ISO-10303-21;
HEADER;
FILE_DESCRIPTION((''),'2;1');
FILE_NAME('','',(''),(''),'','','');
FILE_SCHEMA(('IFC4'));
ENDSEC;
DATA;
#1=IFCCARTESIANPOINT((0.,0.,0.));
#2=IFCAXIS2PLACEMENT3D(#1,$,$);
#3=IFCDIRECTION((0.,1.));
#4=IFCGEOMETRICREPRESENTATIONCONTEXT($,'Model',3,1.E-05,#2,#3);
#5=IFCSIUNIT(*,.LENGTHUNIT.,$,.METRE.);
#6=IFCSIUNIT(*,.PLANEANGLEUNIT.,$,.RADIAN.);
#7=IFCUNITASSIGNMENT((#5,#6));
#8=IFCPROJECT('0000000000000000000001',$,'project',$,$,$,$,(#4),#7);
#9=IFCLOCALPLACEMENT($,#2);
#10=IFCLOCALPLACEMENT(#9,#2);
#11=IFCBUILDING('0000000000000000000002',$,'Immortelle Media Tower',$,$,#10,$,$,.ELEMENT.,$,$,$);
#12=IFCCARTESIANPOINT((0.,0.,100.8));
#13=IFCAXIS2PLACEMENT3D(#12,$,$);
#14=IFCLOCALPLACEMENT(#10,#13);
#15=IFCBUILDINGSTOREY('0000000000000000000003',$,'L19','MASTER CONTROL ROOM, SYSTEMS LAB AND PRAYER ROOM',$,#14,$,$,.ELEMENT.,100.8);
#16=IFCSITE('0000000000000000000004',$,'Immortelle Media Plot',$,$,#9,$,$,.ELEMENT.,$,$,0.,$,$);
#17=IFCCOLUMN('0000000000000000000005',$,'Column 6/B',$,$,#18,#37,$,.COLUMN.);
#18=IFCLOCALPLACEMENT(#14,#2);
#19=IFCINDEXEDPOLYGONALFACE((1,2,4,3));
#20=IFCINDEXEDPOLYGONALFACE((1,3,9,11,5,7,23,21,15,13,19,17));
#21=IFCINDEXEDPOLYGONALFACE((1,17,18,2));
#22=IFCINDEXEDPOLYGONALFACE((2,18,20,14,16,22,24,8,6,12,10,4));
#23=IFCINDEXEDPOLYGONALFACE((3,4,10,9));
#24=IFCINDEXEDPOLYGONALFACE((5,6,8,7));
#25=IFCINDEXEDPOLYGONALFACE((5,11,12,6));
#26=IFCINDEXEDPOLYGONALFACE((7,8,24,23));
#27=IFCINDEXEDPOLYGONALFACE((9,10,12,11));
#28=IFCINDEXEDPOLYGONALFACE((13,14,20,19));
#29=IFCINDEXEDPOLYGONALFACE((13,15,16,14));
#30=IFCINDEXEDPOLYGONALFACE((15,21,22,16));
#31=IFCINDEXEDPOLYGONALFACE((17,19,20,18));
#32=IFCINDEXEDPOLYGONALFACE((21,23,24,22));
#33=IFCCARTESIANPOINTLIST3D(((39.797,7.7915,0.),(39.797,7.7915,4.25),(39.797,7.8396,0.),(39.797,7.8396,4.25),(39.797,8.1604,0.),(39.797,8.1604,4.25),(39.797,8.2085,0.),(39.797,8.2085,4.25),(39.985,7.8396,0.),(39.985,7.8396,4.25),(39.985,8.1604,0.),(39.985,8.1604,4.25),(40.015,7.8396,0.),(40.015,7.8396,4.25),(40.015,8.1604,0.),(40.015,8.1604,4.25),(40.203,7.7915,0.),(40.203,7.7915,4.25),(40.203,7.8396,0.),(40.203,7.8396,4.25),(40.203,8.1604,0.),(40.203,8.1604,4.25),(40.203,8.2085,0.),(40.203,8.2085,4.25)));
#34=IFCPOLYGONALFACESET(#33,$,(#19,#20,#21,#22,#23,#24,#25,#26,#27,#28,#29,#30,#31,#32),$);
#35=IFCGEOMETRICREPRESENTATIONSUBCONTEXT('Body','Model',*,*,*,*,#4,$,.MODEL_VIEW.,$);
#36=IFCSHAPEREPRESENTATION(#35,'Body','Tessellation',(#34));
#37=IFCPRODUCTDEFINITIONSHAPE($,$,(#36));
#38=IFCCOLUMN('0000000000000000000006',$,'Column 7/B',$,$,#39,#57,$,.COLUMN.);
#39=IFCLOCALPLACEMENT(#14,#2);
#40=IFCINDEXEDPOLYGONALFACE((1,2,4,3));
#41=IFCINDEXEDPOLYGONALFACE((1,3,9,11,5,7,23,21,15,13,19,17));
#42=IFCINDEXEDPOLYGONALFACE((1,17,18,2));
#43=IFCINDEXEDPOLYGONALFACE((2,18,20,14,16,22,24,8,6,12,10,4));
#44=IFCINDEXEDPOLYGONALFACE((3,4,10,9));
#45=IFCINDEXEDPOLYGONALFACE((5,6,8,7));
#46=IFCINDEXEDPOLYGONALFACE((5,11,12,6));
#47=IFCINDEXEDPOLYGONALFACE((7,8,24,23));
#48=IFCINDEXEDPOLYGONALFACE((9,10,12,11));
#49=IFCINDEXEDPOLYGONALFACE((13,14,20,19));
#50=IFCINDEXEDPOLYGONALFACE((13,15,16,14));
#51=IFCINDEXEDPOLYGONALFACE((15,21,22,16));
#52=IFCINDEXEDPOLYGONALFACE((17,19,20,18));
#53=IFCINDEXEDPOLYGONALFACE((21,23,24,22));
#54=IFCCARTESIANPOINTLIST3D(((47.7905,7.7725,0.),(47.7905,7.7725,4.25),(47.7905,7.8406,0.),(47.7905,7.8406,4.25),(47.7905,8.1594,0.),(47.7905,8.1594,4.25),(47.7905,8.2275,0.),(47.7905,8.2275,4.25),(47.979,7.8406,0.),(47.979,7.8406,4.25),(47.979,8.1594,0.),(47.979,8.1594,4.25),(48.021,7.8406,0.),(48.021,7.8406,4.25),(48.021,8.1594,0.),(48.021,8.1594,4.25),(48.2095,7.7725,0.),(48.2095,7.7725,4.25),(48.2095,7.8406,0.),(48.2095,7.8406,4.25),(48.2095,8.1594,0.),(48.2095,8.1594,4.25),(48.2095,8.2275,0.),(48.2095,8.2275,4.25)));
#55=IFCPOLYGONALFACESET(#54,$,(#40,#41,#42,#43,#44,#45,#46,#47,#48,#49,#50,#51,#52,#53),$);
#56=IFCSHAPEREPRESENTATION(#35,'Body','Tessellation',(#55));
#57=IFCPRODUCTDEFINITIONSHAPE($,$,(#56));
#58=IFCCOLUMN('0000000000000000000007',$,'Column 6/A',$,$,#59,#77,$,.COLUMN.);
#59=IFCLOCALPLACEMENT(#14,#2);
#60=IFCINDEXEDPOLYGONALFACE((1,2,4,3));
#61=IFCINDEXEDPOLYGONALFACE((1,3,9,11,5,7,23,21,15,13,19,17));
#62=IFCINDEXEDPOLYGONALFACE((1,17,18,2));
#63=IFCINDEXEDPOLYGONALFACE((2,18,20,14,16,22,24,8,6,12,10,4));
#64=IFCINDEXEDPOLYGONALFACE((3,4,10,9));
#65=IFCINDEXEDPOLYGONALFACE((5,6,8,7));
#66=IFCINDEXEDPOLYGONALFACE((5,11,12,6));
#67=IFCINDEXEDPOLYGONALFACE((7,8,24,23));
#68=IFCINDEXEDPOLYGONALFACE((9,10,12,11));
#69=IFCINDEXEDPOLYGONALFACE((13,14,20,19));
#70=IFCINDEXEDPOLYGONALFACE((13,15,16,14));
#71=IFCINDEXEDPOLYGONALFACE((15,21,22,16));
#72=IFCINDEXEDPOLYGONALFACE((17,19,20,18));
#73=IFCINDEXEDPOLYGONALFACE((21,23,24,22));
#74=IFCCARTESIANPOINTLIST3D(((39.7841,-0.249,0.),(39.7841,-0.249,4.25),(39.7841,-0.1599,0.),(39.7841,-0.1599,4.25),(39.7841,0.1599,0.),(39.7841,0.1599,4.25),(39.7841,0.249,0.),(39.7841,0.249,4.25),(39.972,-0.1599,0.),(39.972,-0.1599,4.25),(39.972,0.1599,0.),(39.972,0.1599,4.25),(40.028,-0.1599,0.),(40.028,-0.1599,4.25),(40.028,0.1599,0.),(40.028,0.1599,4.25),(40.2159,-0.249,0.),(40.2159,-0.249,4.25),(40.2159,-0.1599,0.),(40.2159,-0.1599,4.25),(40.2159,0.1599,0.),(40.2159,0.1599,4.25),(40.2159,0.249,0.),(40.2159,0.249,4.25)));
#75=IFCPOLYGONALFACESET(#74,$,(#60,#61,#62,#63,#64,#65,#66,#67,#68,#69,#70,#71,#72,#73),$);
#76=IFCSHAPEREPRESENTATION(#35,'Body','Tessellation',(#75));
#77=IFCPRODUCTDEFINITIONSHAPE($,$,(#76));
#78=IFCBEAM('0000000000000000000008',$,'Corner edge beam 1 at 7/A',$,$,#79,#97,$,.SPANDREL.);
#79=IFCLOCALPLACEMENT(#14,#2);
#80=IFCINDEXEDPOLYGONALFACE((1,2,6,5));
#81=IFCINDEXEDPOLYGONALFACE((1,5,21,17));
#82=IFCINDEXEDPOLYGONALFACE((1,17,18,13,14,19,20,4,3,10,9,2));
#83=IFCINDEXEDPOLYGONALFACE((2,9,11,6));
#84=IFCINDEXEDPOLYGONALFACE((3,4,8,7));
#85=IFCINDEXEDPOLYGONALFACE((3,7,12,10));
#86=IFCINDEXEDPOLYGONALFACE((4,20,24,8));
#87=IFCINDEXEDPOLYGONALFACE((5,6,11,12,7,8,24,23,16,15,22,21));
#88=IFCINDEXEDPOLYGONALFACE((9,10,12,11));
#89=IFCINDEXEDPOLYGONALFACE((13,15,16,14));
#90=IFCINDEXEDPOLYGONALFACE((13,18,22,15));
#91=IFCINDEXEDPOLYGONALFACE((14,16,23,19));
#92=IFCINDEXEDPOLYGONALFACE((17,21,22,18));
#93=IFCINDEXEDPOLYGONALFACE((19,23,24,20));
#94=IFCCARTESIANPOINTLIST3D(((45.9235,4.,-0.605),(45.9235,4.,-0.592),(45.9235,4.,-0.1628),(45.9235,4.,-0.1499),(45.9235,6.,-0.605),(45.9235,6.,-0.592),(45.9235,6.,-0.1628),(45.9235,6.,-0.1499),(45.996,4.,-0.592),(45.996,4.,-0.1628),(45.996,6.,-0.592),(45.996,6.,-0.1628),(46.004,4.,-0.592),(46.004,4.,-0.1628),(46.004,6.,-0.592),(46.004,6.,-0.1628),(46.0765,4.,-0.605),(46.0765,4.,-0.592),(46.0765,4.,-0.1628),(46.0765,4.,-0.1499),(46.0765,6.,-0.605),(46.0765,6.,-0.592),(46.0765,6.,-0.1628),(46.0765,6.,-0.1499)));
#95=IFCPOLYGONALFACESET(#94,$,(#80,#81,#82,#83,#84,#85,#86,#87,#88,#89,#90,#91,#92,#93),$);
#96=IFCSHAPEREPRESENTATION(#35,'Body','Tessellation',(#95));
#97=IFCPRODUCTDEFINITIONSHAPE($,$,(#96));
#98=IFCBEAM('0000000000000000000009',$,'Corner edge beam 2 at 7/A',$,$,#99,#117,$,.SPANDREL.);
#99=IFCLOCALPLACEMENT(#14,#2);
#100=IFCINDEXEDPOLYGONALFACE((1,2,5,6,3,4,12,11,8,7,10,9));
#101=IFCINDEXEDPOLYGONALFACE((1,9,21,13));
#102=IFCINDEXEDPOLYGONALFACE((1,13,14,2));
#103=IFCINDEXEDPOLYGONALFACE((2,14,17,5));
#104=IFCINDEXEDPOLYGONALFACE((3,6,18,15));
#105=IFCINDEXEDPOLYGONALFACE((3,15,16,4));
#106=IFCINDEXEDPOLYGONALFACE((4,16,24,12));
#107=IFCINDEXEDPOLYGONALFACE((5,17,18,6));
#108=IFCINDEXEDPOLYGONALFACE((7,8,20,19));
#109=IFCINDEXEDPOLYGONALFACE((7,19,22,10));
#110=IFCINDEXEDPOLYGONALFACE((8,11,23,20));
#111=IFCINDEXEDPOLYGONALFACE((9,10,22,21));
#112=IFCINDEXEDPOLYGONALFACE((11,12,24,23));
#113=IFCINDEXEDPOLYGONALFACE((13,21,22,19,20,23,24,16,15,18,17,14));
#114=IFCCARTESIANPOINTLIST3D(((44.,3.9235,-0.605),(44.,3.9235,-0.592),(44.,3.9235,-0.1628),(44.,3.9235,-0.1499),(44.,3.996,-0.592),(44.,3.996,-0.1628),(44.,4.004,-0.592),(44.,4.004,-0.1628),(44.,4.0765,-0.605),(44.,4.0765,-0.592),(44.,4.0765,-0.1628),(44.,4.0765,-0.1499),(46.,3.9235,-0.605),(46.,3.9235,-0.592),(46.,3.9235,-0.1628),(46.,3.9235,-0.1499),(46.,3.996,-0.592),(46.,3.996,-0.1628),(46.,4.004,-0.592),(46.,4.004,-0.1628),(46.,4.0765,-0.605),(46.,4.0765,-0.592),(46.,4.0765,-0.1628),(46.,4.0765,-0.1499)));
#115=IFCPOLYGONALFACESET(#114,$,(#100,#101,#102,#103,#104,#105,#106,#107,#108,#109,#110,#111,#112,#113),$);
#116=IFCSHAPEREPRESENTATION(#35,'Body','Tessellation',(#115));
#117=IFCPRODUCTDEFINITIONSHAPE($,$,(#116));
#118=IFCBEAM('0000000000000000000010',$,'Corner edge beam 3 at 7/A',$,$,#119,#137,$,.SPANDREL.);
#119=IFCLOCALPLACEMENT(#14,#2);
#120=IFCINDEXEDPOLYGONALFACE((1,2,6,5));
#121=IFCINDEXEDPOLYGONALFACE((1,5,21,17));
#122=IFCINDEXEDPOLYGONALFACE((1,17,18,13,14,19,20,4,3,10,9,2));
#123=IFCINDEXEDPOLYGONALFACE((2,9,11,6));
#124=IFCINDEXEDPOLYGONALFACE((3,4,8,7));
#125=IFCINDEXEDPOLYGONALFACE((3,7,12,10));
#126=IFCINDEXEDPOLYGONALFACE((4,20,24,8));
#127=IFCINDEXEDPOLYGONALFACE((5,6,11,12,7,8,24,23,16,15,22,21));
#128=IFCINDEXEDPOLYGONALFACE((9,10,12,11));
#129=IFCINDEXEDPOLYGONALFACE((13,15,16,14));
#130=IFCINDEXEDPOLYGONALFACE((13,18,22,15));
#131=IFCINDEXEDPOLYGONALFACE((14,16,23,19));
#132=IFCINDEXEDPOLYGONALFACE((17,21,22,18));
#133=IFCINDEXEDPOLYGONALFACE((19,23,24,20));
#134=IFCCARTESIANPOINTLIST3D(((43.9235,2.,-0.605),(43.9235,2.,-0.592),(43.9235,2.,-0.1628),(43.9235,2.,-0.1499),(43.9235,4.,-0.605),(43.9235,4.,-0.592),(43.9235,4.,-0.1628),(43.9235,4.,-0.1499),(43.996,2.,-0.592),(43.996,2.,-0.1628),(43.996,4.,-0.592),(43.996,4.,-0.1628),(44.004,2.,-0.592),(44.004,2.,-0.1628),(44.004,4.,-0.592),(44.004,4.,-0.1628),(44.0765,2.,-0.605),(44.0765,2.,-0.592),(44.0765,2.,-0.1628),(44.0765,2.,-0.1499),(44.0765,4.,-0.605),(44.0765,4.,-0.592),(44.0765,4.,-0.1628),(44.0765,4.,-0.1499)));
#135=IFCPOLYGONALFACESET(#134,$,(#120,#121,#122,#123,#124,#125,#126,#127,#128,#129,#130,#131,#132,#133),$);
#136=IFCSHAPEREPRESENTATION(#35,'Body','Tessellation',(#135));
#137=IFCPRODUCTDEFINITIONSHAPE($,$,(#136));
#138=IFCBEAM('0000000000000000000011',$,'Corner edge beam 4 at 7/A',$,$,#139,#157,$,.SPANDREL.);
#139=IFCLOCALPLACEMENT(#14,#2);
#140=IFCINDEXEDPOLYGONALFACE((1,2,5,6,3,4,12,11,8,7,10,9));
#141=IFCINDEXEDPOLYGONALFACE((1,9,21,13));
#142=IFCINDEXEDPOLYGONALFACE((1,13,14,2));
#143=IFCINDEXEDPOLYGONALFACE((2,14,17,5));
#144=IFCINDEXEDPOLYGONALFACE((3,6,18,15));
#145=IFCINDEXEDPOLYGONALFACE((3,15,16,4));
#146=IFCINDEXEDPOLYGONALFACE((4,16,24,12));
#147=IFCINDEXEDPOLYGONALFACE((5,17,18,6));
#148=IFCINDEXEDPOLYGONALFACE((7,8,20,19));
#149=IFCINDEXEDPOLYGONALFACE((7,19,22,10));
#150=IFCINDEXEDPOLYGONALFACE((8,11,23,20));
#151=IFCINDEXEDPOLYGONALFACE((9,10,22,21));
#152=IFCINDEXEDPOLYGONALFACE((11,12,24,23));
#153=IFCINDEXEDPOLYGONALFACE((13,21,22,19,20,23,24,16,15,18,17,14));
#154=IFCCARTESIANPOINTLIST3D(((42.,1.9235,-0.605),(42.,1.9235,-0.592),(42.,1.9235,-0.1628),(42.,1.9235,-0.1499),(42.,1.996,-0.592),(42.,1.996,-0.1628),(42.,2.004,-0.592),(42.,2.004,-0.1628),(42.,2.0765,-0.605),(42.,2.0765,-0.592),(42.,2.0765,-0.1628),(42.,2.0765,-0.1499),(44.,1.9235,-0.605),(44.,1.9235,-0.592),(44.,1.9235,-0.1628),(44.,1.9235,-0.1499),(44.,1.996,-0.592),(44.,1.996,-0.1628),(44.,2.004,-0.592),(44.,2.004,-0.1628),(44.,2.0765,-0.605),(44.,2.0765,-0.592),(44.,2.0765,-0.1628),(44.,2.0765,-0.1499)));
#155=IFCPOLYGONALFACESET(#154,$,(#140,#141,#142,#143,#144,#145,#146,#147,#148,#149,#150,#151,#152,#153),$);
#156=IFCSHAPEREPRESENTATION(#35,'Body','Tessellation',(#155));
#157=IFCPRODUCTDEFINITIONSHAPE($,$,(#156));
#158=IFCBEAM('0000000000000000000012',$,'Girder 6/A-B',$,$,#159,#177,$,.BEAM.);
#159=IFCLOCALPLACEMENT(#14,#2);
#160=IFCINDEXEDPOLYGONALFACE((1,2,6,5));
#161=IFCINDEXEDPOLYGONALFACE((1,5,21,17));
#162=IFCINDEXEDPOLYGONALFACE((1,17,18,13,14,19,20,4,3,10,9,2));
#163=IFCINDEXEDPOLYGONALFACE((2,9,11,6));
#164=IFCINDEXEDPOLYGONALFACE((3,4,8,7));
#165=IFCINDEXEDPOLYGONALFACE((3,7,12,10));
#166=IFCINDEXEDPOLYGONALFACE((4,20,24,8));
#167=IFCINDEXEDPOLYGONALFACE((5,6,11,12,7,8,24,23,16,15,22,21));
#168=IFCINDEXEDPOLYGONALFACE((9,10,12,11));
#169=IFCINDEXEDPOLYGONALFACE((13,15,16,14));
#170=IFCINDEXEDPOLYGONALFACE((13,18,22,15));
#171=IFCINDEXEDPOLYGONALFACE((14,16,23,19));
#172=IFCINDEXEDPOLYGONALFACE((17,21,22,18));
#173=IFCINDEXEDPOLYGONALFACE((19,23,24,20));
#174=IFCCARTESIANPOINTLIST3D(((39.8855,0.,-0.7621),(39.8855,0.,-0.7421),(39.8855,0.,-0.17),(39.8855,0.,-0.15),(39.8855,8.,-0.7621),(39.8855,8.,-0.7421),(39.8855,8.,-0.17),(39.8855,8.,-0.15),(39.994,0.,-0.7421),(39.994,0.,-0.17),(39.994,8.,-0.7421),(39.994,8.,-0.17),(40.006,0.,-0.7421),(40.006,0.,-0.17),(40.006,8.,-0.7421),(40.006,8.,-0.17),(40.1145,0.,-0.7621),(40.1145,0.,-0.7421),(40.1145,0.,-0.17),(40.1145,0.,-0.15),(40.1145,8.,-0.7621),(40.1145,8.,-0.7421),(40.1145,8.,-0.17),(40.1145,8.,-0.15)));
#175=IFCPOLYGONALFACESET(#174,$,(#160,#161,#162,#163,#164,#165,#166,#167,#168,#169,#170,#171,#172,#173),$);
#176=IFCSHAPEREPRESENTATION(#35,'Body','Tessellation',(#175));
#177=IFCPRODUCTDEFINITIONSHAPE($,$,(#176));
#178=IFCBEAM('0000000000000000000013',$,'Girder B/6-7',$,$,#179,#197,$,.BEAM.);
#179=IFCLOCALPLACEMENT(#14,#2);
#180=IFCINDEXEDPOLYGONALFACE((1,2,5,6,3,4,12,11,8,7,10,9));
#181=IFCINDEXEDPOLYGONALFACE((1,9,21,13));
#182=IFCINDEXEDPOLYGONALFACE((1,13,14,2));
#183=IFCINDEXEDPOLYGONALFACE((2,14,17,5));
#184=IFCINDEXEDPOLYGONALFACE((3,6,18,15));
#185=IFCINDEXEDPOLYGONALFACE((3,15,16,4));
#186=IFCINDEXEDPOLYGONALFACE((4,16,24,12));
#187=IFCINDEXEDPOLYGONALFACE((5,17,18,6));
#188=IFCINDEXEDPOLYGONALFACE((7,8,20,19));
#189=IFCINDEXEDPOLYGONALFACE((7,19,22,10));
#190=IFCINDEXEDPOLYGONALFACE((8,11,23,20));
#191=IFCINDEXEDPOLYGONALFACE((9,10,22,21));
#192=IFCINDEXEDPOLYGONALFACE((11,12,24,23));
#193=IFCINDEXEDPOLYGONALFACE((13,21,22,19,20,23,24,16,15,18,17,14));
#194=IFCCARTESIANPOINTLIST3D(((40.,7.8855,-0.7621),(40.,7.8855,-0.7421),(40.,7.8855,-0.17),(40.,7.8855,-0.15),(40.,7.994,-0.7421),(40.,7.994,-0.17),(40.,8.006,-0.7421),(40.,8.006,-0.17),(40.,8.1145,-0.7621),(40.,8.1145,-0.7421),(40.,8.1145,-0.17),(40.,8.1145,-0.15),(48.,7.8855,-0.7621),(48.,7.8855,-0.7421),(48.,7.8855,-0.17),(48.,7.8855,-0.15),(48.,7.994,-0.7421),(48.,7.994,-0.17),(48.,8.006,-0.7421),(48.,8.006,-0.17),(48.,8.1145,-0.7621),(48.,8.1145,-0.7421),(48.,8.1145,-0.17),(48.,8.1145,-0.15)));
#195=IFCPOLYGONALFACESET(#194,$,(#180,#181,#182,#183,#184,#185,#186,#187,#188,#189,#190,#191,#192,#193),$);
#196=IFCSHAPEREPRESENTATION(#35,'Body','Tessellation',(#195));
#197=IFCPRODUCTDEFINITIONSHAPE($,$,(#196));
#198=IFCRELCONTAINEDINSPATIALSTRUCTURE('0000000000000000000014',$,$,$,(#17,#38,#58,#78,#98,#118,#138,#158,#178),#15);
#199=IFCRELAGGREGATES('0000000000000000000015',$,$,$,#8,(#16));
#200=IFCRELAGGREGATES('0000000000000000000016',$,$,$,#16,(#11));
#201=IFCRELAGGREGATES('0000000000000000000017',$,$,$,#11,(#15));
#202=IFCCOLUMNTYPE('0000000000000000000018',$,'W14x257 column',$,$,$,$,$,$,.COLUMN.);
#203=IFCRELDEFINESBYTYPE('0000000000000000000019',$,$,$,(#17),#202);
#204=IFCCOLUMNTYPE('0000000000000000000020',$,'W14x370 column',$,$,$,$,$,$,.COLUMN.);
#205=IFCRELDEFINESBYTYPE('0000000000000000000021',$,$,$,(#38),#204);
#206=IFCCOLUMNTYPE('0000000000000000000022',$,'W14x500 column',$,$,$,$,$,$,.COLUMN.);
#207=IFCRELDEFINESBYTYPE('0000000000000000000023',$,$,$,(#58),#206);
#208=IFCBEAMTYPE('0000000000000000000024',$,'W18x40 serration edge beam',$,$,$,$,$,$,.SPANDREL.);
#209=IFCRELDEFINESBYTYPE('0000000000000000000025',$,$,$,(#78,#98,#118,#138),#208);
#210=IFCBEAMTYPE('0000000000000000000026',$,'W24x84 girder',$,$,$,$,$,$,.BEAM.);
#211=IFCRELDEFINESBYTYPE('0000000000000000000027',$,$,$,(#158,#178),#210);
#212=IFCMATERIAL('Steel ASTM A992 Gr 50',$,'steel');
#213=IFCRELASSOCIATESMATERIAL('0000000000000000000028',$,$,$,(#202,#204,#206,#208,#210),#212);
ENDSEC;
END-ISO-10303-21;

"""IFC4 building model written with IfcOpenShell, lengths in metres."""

from ifc_helpers import new_model, si_unit, direction, frame, origin, origin_2d, place, context, subcontext, project, spatial, i_section, extrude, material, material_profile, profile_set, type_object, element, save


model = new_model("IFC4")

# Units and contexts
model_context = context("Model", 3, precision=1e-05, world=origin(), true_north=direction((0.0, 1.0)))
body_context = subcontext(model_context, "Body", "Model", "MODEL_VIEW")
ifc_project = project(units=[si_unit("LENGTHUNIT", "METRE"), si_unit("PLANEANGLEUNIT", "RADIAN")], contexts=[model_context])

# Site, building, storey
site_placement = place(None, origin())
site = spatial("IfcSite", under=ifc_project, at=site_placement, Name="Immortelle Media Plot", CompositionType="ELEMENT", RefElevation=0.0)
building_placement = place(site_placement, origin())
building = spatial("IfcBuilding", under=site, at=building_placement, Name="Immortelle Media Tower", CompositionType="ELEMENT")
storey_placement = place(building_placement, frame((0.0, 0.0, 100.8)))
storey = spatial("IfcBuildingStorey", under=building, at=storey_placement, Name="L19", Description="MASTER CONTROL ROOM, SYSTEMS LAB AND PRAYER ROOM", CompositionType="ELEMENT", Elevation=100.8)

# Columns
ifc_material_1 = material(Name="Steel ASTM A992 Gr 50", Category="steel")
ifc_material_profile_1 = material_profile(ifc_material_1, i_section(OverallWidth=0.406, OverallDepth=0.417, WebThickness=0.03, FlangeThickness=0.0481, at=origin_2d()), Name="W14x257")
ifc_profile_set_1 = profile_set([ifc_material_profile_1], Name="Steel ASTM A992 Gr 50")
column_type_1 = type_object("IfcColumnType", Name="W14x257 column", PredefinedType="COLUMN", material=ifc_profile_set_1)
column_1_placement = place(storey_placement, frame((40.0, 8.0, 0.0), z_axis=(0.0, 0.0, 1.0), x_axis=(1.0, 0.0, 0.0)))
element("IfcColumn", 1, at=column_1_placement, inside=storey, type_object=column_type_1, Name="Column 6/B", PredefinedType="COLUMN", context=body_context, shape_type="SweptSolid", body=[
    extrude(i_section(OverallWidth=0.406, OverallDepth=0.417, WebThickness=0.03, FlangeThickness=0.0481, at=origin_2d()), origin(), (0.0, 0.0, 1.0), 4.25),
])
ifc_material_profile_2 = material_profile(ifc_material_1, i_section(OverallWidth=0.4189, OverallDepth=0.4551, WebThickness=0.042, FlangeThickness=0.0681, at=origin_2d()), Name="W14x370")
ifc_profile_set_2 = profile_set([ifc_material_profile_2], Name="Steel ASTM A992 Gr 50")
column_type_2 = type_object("IfcColumnType", Name="W14x370 column", PredefinedType="COLUMN", material=ifc_profile_set_2)
column_2_placement = place(storey_placement, frame((48.0, 8.0, 0.0), z_axis=(0.0, 0.0, 1.0), x_axis=(1.0, 0.0, 0.0)))
element("IfcColumn", 2, at=column_2_placement, inside=storey, type_object=column_type_2, Name="Column 7/B", PredefinedType="COLUMN", context=body_context, shape_type="SweptSolid", body=[
    extrude(i_section(OverallWidth=0.4189, OverallDepth=0.4551, WebThickness=0.042, FlangeThickness=0.0681, at=origin_2d()), origin(), (0.0, 0.0, 1.0), 4.25),
])
ifc_material_profile_3 = material_profile(ifc_material_1, i_section(OverallWidth=0.4319, OverallDepth=0.498, WebThickness=0.0559, FlangeThickness=0.0891, at=origin_2d()), Name="W14x500")
ifc_profile_set_3 = profile_set([ifc_material_profile_3], Name="Steel ASTM A992 Gr 50")
column_type_3 = type_object("IfcColumnType", Name="W14x500 column", PredefinedType="COLUMN", material=ifc_profile_set_3)
column_3_placement = place(storey_placement, frame((40.0, 0.0, 0.0), z_axis=(0.0, 0.0, 1.0), x_axis=(1.0, 0.0, 0.0)))
element("IfcColumn", 3, at=column_3_placement, inside=storey, type_object=column_type_3, Name="Column 6/A", PredefinedType="COLUMN", context=body_context, shape_type="SweptSolid", body=[
    extrude(i_section(OverallWidth=0.4319, OverallDepth=0.498, WebThickness=0.0559, FlangeThickness=0.0891, at=origin_2d()), origin(), (0.0, 0.0, 1.0), 4.25),
])

# Beams
ifc_material_profile_4 = material_profile(ifc_material_1, i_section(OverallWidth=0.1531, OverallDepth=0.4551, WebThickness=0.0081, FlangeThickness=0.0129, at=origin_2d()), Name="W18x40")
ifc_profile_set_4 = profile_set([ifc_material_profile_4], Name="Steel ASTM A992 Gr 50")
beam_type_1 = type_object("IfcBeamType", Name="W18x40 serration edge beam", PredefinedType="SPANDREL", material=ifc_profile_set_4)
for number, where, z_axis, x_axis, name in (
    (4, (46.0, 6.0, -0.3774), (0.0, -1.0, 0.0), (1.0, 0.0, 0.0), "Corner edge beam 1 at 7/A"),
    (5, (46.0, 4.0, -0.3774), (-1.0, 0.0, 0.0), (0.0, -1.0, 0.0), "Corner edge beam 2 at 7/A"),
    (6, (44.0, 4.0, -0.3774), (0.0, -1.0, 0.0), (1.0, 0.0, 0.0), "Corner edge beam 3 at 7/A"),
    (7, (44.0, 2.0, -0.3774), (-1.0, 0.0, 0.0), (0.0, -1.0, 0.0), "Corner edge beam 4 at 7/A"),
):
    element("IfcBeam", number, at=place(storey_placement, frame(where, z_axis=z_axis, x_axis=x_axis)), inside=storey, type_object=beam_type_1, Name=name, PredefinedType="SPANDREL", context=body_context, shape_type="SweptSolid", body=[
        extrude(i_section(OverallWidth=0.1531, OverallDepth=0.4551, WebThickness=0.0081, FlangeThickness=0.0129, at=origin_2d()), origin(), (0.0, 0.0, 1.0), 2.0),
    ])
ifc_material_profile_5 = material_profile(ifc_material_1, i_section(OverallWidth=0.229, OverallDepth=0.6121, WebThickness=0.012, FlangeThickness=0.02, at=origin_2d()), Name="W24x84")
ifc_profile_set_5 = profile_set([ifc_material_profile_5], Name="Steel ASTM A992 Gr 50")
beam_type_2 = type_object("IfcBeamType", Name="W24x84 girder", PredefinedType="BEAM", material=ifc_profile_set_5)
for number, where, z_axis, x_axis, name in (
    (8, (40.0, 0.0, -0.4561), (0.0, 1.0, 0.0), (-1.0, 0.0, 0.0), "Girder 6/A-B"),
    (9, (40.0, 8.0, -0.4561), (1.0, 0.0, 0.0), (0.0, 1.0, 0.0), "Girder B/6-7"),
):
    element("IfcBeam", number, at=place(storey_placement, frame(where, z_axis=z_axis, x_axis=x_axis)), inside=storey, type_object=beam_type_2, Name=name, PredefinedType="BEAM", context=body_context, shape_type="SweptSolid", body=[
        extrude(i_section(OverallWidth=0.229, OverallDepth=0.6121, WebThickness=0.012, FlangeThickness=0.02, at=origin_2d()), origin(), (0.0, 0.0, 1.0), 8.0),
    ])

save(model, "model.ifc")
